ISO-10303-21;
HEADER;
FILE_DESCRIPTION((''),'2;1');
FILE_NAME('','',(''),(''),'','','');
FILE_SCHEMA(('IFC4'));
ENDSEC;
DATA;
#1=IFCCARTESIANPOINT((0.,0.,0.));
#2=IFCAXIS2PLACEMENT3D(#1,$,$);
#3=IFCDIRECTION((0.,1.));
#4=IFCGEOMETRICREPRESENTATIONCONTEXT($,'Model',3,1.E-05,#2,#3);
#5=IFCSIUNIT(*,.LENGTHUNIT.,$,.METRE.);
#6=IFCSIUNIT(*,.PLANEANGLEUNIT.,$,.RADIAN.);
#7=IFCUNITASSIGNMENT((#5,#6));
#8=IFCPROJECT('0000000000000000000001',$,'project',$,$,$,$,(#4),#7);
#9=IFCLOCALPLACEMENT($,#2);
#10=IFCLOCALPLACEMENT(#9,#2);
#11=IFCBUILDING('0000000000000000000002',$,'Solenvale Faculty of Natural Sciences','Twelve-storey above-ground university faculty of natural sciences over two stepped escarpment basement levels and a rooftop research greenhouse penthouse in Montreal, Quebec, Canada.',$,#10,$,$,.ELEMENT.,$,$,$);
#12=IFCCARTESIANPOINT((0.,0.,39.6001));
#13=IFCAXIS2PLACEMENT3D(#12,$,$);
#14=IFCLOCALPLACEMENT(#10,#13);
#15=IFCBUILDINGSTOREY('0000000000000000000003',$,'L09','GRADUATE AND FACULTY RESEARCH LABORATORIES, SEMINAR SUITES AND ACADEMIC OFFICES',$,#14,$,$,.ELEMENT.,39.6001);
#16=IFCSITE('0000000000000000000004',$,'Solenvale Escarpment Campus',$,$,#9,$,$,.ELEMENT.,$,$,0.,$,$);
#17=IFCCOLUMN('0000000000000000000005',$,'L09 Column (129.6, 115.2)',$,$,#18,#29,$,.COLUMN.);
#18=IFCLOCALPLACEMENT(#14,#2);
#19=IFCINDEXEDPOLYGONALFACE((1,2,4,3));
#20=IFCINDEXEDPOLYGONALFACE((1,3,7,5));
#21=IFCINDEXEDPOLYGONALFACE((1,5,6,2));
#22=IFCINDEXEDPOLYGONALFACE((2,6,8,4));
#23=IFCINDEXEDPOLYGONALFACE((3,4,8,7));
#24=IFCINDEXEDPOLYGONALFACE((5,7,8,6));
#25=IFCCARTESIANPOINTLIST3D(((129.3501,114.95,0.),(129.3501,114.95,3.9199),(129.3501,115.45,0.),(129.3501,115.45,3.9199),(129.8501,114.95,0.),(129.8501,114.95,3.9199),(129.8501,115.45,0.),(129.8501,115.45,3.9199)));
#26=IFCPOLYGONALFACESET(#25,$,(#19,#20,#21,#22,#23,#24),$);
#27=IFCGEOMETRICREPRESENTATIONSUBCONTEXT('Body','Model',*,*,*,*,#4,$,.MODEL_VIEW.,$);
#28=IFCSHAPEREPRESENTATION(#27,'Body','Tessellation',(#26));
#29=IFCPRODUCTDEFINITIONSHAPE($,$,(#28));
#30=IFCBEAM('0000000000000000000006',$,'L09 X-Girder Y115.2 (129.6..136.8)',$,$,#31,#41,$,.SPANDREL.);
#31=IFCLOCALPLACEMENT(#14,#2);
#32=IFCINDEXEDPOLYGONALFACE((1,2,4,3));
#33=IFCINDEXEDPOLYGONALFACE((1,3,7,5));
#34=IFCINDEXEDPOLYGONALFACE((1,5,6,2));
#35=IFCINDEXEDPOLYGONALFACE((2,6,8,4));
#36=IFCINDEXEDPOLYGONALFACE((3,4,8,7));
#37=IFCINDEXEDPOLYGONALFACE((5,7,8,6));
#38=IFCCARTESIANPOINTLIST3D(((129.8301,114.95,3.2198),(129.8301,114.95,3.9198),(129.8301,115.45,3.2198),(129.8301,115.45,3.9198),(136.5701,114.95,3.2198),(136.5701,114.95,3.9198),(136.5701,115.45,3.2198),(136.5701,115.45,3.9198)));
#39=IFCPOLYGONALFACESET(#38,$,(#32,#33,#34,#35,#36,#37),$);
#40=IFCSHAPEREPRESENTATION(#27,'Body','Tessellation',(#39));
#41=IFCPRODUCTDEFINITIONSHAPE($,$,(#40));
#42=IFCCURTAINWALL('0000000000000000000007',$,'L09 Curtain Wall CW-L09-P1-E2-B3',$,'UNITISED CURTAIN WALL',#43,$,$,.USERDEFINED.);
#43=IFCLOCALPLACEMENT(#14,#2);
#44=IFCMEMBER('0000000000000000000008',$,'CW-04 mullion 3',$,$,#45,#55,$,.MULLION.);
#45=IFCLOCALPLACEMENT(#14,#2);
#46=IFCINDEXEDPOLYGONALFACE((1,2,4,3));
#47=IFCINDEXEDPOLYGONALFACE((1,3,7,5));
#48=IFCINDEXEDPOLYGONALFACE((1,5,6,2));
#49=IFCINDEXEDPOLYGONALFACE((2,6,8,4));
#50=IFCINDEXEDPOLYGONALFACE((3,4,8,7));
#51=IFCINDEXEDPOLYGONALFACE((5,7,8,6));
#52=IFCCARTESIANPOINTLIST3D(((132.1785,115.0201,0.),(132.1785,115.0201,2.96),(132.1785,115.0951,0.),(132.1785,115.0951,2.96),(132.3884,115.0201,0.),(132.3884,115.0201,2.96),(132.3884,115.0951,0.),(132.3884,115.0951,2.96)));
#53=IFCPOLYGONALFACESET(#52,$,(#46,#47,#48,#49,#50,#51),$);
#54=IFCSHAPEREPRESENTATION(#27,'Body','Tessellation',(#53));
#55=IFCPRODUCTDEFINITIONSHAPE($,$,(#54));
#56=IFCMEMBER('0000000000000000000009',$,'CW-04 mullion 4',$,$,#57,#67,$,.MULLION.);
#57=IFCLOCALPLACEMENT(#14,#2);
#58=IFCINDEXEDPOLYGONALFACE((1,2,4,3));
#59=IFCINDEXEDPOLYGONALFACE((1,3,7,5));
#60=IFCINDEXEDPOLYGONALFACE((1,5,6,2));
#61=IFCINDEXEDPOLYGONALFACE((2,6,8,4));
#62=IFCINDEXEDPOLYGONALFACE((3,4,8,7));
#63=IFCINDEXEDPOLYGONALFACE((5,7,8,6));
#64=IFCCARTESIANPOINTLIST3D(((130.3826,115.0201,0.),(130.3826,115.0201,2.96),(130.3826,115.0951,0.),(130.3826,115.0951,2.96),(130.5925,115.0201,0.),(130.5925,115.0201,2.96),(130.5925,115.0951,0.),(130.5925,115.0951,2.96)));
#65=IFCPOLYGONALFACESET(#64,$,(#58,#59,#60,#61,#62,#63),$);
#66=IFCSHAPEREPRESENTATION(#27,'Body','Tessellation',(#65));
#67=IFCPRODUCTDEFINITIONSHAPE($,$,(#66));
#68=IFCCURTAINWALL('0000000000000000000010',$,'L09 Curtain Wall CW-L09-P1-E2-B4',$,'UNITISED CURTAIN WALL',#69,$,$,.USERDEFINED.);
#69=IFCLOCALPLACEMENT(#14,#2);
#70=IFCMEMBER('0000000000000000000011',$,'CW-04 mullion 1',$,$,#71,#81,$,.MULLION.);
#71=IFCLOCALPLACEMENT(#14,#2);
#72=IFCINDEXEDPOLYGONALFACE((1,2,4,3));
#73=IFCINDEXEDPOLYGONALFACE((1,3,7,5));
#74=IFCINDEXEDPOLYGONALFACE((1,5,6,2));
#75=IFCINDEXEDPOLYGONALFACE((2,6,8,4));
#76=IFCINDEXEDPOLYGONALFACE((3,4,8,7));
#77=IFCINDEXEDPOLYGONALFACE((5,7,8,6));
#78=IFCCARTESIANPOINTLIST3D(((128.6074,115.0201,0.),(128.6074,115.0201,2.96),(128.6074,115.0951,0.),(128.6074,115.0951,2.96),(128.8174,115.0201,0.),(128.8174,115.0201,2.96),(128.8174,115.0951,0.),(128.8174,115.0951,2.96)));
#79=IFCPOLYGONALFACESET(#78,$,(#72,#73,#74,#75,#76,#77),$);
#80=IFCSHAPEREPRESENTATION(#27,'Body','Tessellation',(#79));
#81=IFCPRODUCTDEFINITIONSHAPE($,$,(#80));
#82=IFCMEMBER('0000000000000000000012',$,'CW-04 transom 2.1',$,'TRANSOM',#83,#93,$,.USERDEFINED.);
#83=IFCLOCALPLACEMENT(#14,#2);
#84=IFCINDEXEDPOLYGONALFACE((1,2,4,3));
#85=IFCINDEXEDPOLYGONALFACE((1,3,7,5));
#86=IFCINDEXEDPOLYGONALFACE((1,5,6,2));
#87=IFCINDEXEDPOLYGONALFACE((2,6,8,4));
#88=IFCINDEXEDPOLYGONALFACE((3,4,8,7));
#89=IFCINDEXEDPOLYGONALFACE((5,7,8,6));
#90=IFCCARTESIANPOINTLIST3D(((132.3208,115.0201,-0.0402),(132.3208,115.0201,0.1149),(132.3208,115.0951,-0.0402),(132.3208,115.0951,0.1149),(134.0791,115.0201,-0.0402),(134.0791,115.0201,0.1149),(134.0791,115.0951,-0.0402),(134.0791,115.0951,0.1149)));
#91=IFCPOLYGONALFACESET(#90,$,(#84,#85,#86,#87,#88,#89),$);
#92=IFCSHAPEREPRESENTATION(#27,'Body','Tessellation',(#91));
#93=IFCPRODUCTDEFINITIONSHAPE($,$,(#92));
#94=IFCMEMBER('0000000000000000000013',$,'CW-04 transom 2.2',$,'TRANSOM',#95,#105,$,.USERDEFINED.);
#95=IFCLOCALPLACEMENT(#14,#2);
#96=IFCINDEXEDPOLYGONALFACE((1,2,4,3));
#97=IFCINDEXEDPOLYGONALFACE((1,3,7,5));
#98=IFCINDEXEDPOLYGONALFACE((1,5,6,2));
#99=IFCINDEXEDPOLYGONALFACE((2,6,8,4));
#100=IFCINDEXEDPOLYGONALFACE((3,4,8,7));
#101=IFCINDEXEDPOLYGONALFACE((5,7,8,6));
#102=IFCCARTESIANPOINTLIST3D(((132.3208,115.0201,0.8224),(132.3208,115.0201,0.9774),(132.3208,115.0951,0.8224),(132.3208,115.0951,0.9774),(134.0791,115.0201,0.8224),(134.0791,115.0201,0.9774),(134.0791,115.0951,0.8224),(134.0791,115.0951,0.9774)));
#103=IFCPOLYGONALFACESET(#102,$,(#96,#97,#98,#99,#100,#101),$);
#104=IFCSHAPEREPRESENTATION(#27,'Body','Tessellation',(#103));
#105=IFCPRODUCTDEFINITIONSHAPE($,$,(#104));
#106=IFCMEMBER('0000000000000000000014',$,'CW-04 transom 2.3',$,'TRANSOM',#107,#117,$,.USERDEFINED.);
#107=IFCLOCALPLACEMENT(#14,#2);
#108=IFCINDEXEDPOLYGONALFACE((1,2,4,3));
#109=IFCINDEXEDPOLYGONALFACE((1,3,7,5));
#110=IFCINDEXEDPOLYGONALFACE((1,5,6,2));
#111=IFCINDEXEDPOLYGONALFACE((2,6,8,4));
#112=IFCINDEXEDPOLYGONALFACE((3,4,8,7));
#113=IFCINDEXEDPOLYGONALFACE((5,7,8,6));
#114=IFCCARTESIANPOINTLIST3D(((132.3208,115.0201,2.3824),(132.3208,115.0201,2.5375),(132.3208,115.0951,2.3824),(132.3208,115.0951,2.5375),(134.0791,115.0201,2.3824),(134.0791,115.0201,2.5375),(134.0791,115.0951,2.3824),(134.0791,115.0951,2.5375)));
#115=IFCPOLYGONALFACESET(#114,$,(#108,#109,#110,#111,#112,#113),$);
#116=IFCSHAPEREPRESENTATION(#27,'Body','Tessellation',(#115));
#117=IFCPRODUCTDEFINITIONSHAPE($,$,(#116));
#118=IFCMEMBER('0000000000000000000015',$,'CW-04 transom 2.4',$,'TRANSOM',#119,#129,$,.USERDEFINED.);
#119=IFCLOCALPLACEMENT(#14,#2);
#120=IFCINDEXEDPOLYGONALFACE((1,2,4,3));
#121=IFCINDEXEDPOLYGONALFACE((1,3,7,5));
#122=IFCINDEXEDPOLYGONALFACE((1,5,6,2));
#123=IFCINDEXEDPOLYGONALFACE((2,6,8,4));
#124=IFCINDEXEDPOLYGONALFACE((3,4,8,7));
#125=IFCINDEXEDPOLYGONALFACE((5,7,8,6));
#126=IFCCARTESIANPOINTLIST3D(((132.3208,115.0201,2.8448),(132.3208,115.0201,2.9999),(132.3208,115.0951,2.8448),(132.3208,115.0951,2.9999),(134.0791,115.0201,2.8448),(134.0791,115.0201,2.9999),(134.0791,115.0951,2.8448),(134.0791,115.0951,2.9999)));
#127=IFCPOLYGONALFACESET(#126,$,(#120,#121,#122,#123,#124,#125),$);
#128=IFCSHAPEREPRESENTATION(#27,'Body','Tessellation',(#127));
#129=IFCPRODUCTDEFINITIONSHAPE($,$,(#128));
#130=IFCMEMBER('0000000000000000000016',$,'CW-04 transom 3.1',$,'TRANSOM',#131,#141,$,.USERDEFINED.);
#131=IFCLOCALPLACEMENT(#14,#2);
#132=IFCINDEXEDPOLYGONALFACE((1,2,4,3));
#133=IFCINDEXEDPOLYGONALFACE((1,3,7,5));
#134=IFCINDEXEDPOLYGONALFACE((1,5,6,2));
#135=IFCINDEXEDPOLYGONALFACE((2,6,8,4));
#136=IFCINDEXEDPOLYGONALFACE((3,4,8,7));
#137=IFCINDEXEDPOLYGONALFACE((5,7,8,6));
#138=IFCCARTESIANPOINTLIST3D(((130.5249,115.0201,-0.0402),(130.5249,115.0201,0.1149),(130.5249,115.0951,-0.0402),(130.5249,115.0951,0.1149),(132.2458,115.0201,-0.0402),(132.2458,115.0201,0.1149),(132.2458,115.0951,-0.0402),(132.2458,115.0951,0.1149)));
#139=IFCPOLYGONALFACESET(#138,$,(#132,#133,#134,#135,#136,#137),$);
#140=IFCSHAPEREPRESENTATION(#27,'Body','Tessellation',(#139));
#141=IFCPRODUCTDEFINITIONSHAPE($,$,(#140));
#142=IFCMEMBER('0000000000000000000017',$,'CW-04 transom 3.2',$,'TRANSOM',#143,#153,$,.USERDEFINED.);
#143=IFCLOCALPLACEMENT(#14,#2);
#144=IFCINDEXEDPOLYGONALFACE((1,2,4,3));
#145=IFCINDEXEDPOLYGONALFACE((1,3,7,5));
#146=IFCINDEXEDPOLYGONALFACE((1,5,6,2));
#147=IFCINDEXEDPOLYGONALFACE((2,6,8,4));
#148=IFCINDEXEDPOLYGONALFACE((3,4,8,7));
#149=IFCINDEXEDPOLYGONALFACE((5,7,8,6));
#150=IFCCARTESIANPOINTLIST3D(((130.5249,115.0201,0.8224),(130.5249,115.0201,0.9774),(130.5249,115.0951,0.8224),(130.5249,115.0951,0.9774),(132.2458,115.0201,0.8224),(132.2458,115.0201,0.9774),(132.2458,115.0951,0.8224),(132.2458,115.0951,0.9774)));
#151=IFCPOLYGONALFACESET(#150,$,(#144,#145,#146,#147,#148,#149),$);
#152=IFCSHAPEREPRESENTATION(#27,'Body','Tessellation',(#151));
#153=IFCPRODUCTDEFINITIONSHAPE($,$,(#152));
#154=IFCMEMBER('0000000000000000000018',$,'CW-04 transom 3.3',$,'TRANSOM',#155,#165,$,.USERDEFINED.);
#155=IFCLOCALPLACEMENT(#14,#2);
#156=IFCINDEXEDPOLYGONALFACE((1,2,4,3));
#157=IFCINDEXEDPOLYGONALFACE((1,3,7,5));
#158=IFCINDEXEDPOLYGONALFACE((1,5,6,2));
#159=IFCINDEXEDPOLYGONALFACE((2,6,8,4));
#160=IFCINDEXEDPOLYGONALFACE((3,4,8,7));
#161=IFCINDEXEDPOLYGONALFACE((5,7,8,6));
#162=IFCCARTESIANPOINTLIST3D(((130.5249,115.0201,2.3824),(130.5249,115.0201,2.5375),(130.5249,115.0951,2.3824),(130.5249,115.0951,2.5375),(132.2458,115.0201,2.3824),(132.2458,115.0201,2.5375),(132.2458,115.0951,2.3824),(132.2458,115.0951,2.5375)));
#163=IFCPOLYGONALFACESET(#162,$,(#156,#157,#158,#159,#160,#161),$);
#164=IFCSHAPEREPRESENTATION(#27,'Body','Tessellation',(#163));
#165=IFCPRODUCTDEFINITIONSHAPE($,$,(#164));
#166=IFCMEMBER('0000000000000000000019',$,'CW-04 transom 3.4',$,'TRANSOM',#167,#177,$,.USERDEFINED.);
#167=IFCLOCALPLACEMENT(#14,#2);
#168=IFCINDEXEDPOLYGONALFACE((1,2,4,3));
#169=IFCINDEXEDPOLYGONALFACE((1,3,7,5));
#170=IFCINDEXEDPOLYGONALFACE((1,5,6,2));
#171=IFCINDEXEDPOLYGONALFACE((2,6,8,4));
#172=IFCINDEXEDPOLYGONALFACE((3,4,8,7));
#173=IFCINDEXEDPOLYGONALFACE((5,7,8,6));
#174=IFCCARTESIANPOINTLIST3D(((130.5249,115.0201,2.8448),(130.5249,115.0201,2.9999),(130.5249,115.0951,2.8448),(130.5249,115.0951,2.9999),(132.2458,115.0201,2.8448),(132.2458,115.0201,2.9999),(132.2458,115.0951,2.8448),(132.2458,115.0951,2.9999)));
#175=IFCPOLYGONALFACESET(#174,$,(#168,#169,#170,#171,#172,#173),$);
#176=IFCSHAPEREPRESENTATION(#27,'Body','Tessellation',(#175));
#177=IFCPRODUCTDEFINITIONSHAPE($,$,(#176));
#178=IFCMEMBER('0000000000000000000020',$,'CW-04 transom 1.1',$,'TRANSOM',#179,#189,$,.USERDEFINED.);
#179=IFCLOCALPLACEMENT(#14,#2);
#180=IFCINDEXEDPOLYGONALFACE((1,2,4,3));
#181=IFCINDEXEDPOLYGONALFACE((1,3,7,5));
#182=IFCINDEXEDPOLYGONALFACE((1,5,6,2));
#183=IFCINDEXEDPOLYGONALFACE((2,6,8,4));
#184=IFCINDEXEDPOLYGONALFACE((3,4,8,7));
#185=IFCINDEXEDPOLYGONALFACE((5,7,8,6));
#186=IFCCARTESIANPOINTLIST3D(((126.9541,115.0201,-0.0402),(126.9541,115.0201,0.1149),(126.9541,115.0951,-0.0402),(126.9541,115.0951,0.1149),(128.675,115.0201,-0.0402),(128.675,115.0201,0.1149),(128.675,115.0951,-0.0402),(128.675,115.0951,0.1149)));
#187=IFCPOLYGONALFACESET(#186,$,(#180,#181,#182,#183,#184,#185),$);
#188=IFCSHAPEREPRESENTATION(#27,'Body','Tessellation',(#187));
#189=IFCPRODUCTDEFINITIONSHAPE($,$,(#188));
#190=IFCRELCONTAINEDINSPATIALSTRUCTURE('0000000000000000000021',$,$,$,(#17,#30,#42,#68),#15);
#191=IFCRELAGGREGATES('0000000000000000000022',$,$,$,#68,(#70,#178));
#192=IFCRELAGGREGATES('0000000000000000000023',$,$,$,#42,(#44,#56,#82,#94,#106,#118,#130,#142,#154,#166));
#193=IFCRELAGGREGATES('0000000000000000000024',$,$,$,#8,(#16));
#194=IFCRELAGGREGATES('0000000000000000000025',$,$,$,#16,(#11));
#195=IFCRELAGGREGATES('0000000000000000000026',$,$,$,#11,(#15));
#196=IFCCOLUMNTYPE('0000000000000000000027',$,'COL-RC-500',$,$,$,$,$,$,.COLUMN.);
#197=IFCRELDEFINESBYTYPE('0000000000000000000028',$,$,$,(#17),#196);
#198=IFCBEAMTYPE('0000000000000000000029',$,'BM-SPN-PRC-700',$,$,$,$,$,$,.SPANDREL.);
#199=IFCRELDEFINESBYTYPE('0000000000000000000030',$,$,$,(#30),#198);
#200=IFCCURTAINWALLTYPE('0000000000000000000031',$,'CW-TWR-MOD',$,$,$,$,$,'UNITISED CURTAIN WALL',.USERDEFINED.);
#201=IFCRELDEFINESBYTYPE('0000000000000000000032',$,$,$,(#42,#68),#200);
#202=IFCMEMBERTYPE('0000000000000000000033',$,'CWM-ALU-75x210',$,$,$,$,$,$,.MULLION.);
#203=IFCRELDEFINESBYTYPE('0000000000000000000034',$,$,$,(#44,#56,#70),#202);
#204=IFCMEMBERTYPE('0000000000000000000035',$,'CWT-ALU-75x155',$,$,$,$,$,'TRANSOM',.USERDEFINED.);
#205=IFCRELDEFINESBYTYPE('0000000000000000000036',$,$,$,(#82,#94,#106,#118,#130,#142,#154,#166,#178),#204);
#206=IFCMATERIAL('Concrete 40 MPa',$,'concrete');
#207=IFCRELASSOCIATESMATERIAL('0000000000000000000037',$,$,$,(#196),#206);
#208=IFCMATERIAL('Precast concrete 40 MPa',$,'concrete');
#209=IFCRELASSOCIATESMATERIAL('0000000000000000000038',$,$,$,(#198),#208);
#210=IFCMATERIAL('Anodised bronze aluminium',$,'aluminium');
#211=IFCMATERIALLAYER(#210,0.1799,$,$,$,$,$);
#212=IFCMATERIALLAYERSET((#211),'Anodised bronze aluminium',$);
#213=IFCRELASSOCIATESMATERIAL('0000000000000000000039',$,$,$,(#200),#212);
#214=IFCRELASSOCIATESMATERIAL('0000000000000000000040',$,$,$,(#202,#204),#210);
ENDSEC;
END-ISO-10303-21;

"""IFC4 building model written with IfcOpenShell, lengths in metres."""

from ifc_helpers import new_model, si_unit, direction, frame, origin, origin_2d, place, context, subcontext, project, spatial, rectangle, extrude, material, layer, layer_set, material_profile, profile_set, type_object, element, aggregate, save


model = new_model("IFC4")

# Units and contexts
model_context = context("Model", 3, precision=1e-05, world=origin(), true_north=direction((0.0, 1.0)))
body_context = subcontext(model_context, "Body", "Model", "MODEL_VIEW")
ifc_project = project(units=[si_unit("LENGTHUNIT", "METRE"), si_unit("PLANEANGLEUNIT", "RADIAN")], contexts=[model_context])

# Site, building, storey
site_placement = place(None, origin())
site = spatial("IfcSite", under=ifc_project, at=site_placement, Name="Solenvale Escarpment Campus", CompositionType="ELEMENT", RefElevation=0.0)
building_placement = place(site_placement, origin())
building = spatial("IfcBuilding", under=site, at=building_placement, Name="Solenvale Faculty of Natural Sciences", Description="Twelve-storey above-ground university faculty of natural sciences over two stepped escarpment basement levels and a rooftop research greenhouse penthouse in Montreal, Quebec, Canada.", CompositionType="ELEMENT")
storey_placement = place(building_placement, frame((0.0, 0.0, 39.6001)))
storey = spatial("IfcBuildingStorey", under=building, at=storey_placement, Name="L09", Description="GRADUATE AND FACULTY RESEARCH LABORATORIES, SEMINAR SUITES AND ACADEMIC OFFICES", CompositionType="ELEMENT", Elevation=39.6001)

# Column
ifc_material_1 = material(Name="Concrete 40 MPa", Category="concrete")
ifc_material_profile_1 = material_profile(ifc_material_1, rectangle(XDim=0.5, YDim=0.5, at=origin_2d()), Name="RC-COL-500x500")
ifc_profile_set_1 = profile_set([ifc_material_profile_1], Name="Concrete 40 MPa")
column_type = type_object("IfcColumnType", Name="COL-RC-500", PredefinedType="COLUMN", material=ifc_profile_set_1)
column_placement = place(storey_placement, frame((129.6001, 115.2, 0.0), z_axis=(0.0, 0.0, 1.0), x_axis=(1.0, 0.0, 0.0)))
element("IfcColumn", 1, at=column_placement, inside=storey, type_object=column_type, Name="L09 Column (129.6, 115.2)", PredefinedType="COLUMN", context=body_context, shape_type="SweptSolid", body=[
    extrude(rectangle(XDim=0.5, YDim=0.5, at=origin_2d()), origin(), (0.0, 0.0, 1.0), 3.9199),
])

# Beam
ifc_material_2 = material(Name="Precast concrete 40 MPa", Category="concrete")
ifc_material_profile_2 = material_profile(ifc_material_2, rectangle(XDim=0.5, YDim=0.7, at=origin_2d()), Name="RC-BM-500x700")
ifc_profile_set_2 = profile_set([ifc_material_profile_2], Name="Precast concrete 40 MPa")
beam_type = type_object("IfcBeamType", Name="BM-SPN-PRC-700", PredefinedType="SPANDREL", material=ifc_profile_set_2)
beam_placement = place(storey_placement, frame((129.8301, 115.2, 3.5698), z_axis=(1.0, 0.0, 0.0), x_axis=(0.0, 1.0, 0.0)))
element("IfcBeam", 2, at=beam_placement, inside=storey, type_object=beam_type, Name="L09 X-Girder Y115.2 (129.6..136.8)", PredefinedType="SPANDREL", context=body_context, shape_type="SweptSolid", body=[
    extrude(rectangle(XDim=0.5, YDim=0.7, at=origin_2d()), origin(), (0.0, 0.0, 1.0), 6.74),
])

# Curtain wall, members
ifc_material_3 = material(Name="Anodised bronze aluminium", Category="aluminium")
ifc_layer_1 = layer(ifc_material_3, 0.1799)
ifc_layer_set_1 = layer_set([ifc_layer_1], Name="Anodised bronze aluminium")
curtain_wall_type = type_object("IfcCurtainWallType", Name="CW-TWR-MOD", ElementType="UNITISED CURTAIN WALL", PredefinedType="USERDEFINED", material=ifc_layer_set_1)
curtain_wall_1_placement = place(storey_placement, origin())
curtain_wall_1 = element("IfcCurtainWall", 3, at=curtain_wall_1_placement, inside=storey, type_object=curtain_wall_type, Name="L09 Curtain Wall CW-L09-P1-E2-B3", ObjectType="UNITISED CURTAIN WALL", PredefinedType="USERDEFINED")
ifc_material_profile_3 = material_profile(ifc_material_3, rectangle(XDim=0.075, YDim=0.21, at=origin_2d()), Name="ALU-MUL-75x210")
ifc_profile_set_3 = profile_set([ifc_material_profile_3], Name="Anodised bronze aluminium")
member_type_1 = type_object("IfcMemberType", Name="CWM-ALU-75x210", PredefinedType="MULLION", material=ifc_profile_set_3)
member_1_placement = place(storey_placement, frame((132.2834, 115.0576, 0.0), z_axis=(0.0, 0.0, 1.0), x_axis=(0.0, -1.0, 0.0)))
member_1 = element("IfcMember", 4, at=member_1_placement, type_object=member_type_1, Name="CW-04 mullion 3", PredefinedType="MULLION", context=body_context, shape_type="SweptSolid", body=[
    extrude(rectangle(XDim=0.075, YDim=0.21, at=origin_2d()), origin(), (0.0, 0.0, 1.0), 2.96),
])
member_2_placement = place(storey_placement, frame((130.4875, 115.0576, 0.0), z_axis=(0.0, 0.0, 1.0), x_axis=(0.0, -1.0, 0.0)))
member_2 = element("IfcMember", 5, at=member_2_placement, type_object=member_type_1, Name="CW-04 mullion 4", PredefinedType="MULLION", context=body_context, shape_type="SweptSolid", body=[
    extrude(rectangle(XDim=0.075, YDim=0.21, at=origin_2d()), origin(), (0.0, 0.0, 1.0), 2.96),
])

# Curtain wall, member
curtain_wall_2_placement = place(storey_placement, origin())
curtain_wall_2 = element("IfcCurtainWall", 6, at=curtain_wall_2_placement, inside=storey, type_object=curtain_wall_type, Name="L09 Curtain Wall CW-L09-P1-E2-B4", ObjectType="UNITISED CURTAIN WALL", PredefinedType="USERDEFINED")
member_3_placement = place(storey_placement, frame((128.7124, 115.0576, 0.0), z_axis=(0.0, 0.0, 1.0), x_axis=(0.0, -1.0, 0.0)))
member_3 = element("IfcMember", 7, at=member_3_placement, type_object=member_type_1, Name="CW-04 mullion 1", PredefinedType="MULLION", context=body_context, shape_type="SweptSolid", body=[
    extrude(rectangle(XDim=0.075, YDim=0.21, at=origin_2d()), origin(), (0.0, 0.0, 1.0), 2.96),
])

# Members
ifc_material_profile_4 = material_profile(ifc_material_3, rectangle(XDim=0.075, YDim=0.155, at=origin_2d()), Name="ALU-TRN-75x155")
ifc_profile_set_4 = profile_set([ifc_material_profile_4], Name="Anodised bronze aluminium")
member_type_2 = type_object("IfcMemberType", Name="CWT-ALU-75x155", ElementType="TRANSOM", PredefinedType="USERDEFINED", material=ifc_profile_set_4)
member_4_placement = place(storey_placement, frame((134.0791, 115.0576, 0.0374), z_axis=(-1.0, 0.0, 0.0), x_axis=(0.0, -1.0, 0.0)))
member_4 = element("IfcMember", 8, at=member_4_placement, type_object=member_type_2, Name="CW-04 transom 2.1", ObjectType="TRANSOM", PredefinedType="USERDEFINED", context=body_context, shape_type="SweptSolid", body=[
    extrude(rectangle(XDim=0.075, YDim=0.155, at=origin_2d()), origin(), (0.0, 0.0, 1.0), 1.7583),
])
member_5_placement = place(storey_placement, frame((134.0791, 115.0576, 0.8999), z_axis=(-1.0, 0.0, 0.0), x_axis=(0.0, -1.0, 0.0)))
member_5 = element("IfcMember", 9, at=member_5_placement, type_object=member_type_2, Name="CW-04 transom 2.2", ObjectType="TRANSOM", PredefinedType="USERDEFINED", context=body_context, shape_type="SweptSolid", body=[
    extrude(rectangle(XDim=0.075, YDim=0.155, at=origin_2d()), origin(), (0.0, 0.0, 1.0), 1.7583),
])
member_6_placement = place(storey_placement, frame((134.0791, 115.0576, 2.46), z_axis=(-1.0, 0.0, 0.0), x_axis=(0.0, -1.0, 0.0)))
member_6 = element("IfcMember", 10, at=member_6_placement, type_object=member_type_2, Name="CW-04 transom 2.3", ObjectType="TRANSOM", PredefinedType="USERDEFINED", context=body_context, shape_type="SweptSolid", body=[
    extrude(rectangle(XDim=0.075, YDim=0.155, at=origin_2d()), origin(), (0.0, 0.0, 1.0), 1.7583),
])
member_7_placement = place(storey_placement, frame((134.0791, 115.0576, 2.9224), z_axis=(-1.0, 0.0, 0.0), x_axis=(0.0, -1.0, 0.0)))
member_7 = element("IfcMember", 11, at=member_7_placement, type_object=member_type_2, Name="CW-04 transom 2.4", ObjectType="TRANSOM", PredefinedType="USERDEFINED", context=body_context, shape_type="SweptSolid", body=[
    extrude(rectangle(XDim=0.075, YDim=0.155, at=origin_2d()), origin(), (0.0, 0.0, 1.0), 1.7583),
])
member_8_placement = place(storey_placement, frame((132.2458, 115.0576, 0.0374), z_axis=(-1.0, 0.0, 0.0), x_axis=(0.0, -1.0, 0.0)))
member_8 = element("IfcMember", 12, at=member_8_placement, type_object=member_type_2, Name="CW-04 transom 3.1", ObjectType="TRANSOM", PredefinedType="USERDEFINED", context=body_context, shape_type="SweptSolid", body=[
    extrude(rectangle(XDim=0.075, YDim=0.155, at=origin_2d()), origin(), (0.0, 0.0, 1.0), 1.7209),
])
member_9_placement = place(storey_placement, frame((132.2458, 115.0576, 0.8999), z_axis=(-1.0, 0.0, 0.0), x_axis=(0.0, -1.0, 0.0)))
member_9 = element("IfcMember", 13, at=member_9_placement, type_object=member_type_2, Name="CW-04 transom 3.2", ObjectType="TRANSOM", PredefinedType="USERDEFINED", context=body_context, shape_type="SweptSolid", body=[
    extrude(rectangle(XDim=0.075, YDim=0.155, at=origin_2d()), origin(), (0.0, 0.0, 1.0), 1.7209),
])
member_10_placement = place(storey_placement, frame((132.2458, 115.0576, 2.46), z_axis=(-1.0, 0.0, 0.0), x_axis=(0.0, -1.0, 0.0)))
member_10 = element("IfcMember", 14, at=member_10_placement, type_object=member_type_2, Name="CW-04 transom 3.3", ObjectType="TRANSOM", PredefinedType="USERDEFINED", context=body_context, shape_type="SweptSolid", body=[
    extrude(rectangle(XDim=0.075, YDim=0.155, at=origin_2d()), origin(), (0.0, 0.0, 1.0), 1.7209),
])
member_11_placement = place(storey_placement, frame((132.2458, 115.0576, 2.9224), z_axis=(-1.0, 0.0, 0.0), x_axis=(0.0, -1.0, 0.0)))
member_11 = element("IfcMember", 15, at=member_11_placement, type_object=member_type_2, Name="CW-04 transom 3.4", ObjectType="TRANSOM", PredefinedType="USERDEFINED", context=body_context, shape_type="SweptSolid", body=[
    extrude(rectangle(XDim=0.075, YDim=0.155, at=origin_2d()), origin(), (0.0, 0.0, 1.0), 1.7209),
])
member_12_placement = place(storey_placement, frame((128.675, 115.0576, 0.0374), z_axis=(-1.0, 0.0, 0.0), x_axis=(0.0, -1.0, 0.0)))
member_12 = element("IfcMember", 16, at=member_12_placement, type_object=member_type_2, Name="CW-04 transom 1.1", ObjectType="TRANSOM", PredefinedType="USERDEFINED", context=body_context, shape_type="SweptSolid", body=[
    extrude(rectangle(XDim=0.075, YDim=0.155, at=origin_2d()), origin(), (0.0, 0.0, 1.0), 1.7209),
])

aggregate(curtain_wall_2, [member_3, member_12])
aggregate(curtain_wall_1, [member_1, member_2, member_4, member_5, member_6, member_7, member_8, member_9, member_10, member_11])

save(model, "model.ifc")
